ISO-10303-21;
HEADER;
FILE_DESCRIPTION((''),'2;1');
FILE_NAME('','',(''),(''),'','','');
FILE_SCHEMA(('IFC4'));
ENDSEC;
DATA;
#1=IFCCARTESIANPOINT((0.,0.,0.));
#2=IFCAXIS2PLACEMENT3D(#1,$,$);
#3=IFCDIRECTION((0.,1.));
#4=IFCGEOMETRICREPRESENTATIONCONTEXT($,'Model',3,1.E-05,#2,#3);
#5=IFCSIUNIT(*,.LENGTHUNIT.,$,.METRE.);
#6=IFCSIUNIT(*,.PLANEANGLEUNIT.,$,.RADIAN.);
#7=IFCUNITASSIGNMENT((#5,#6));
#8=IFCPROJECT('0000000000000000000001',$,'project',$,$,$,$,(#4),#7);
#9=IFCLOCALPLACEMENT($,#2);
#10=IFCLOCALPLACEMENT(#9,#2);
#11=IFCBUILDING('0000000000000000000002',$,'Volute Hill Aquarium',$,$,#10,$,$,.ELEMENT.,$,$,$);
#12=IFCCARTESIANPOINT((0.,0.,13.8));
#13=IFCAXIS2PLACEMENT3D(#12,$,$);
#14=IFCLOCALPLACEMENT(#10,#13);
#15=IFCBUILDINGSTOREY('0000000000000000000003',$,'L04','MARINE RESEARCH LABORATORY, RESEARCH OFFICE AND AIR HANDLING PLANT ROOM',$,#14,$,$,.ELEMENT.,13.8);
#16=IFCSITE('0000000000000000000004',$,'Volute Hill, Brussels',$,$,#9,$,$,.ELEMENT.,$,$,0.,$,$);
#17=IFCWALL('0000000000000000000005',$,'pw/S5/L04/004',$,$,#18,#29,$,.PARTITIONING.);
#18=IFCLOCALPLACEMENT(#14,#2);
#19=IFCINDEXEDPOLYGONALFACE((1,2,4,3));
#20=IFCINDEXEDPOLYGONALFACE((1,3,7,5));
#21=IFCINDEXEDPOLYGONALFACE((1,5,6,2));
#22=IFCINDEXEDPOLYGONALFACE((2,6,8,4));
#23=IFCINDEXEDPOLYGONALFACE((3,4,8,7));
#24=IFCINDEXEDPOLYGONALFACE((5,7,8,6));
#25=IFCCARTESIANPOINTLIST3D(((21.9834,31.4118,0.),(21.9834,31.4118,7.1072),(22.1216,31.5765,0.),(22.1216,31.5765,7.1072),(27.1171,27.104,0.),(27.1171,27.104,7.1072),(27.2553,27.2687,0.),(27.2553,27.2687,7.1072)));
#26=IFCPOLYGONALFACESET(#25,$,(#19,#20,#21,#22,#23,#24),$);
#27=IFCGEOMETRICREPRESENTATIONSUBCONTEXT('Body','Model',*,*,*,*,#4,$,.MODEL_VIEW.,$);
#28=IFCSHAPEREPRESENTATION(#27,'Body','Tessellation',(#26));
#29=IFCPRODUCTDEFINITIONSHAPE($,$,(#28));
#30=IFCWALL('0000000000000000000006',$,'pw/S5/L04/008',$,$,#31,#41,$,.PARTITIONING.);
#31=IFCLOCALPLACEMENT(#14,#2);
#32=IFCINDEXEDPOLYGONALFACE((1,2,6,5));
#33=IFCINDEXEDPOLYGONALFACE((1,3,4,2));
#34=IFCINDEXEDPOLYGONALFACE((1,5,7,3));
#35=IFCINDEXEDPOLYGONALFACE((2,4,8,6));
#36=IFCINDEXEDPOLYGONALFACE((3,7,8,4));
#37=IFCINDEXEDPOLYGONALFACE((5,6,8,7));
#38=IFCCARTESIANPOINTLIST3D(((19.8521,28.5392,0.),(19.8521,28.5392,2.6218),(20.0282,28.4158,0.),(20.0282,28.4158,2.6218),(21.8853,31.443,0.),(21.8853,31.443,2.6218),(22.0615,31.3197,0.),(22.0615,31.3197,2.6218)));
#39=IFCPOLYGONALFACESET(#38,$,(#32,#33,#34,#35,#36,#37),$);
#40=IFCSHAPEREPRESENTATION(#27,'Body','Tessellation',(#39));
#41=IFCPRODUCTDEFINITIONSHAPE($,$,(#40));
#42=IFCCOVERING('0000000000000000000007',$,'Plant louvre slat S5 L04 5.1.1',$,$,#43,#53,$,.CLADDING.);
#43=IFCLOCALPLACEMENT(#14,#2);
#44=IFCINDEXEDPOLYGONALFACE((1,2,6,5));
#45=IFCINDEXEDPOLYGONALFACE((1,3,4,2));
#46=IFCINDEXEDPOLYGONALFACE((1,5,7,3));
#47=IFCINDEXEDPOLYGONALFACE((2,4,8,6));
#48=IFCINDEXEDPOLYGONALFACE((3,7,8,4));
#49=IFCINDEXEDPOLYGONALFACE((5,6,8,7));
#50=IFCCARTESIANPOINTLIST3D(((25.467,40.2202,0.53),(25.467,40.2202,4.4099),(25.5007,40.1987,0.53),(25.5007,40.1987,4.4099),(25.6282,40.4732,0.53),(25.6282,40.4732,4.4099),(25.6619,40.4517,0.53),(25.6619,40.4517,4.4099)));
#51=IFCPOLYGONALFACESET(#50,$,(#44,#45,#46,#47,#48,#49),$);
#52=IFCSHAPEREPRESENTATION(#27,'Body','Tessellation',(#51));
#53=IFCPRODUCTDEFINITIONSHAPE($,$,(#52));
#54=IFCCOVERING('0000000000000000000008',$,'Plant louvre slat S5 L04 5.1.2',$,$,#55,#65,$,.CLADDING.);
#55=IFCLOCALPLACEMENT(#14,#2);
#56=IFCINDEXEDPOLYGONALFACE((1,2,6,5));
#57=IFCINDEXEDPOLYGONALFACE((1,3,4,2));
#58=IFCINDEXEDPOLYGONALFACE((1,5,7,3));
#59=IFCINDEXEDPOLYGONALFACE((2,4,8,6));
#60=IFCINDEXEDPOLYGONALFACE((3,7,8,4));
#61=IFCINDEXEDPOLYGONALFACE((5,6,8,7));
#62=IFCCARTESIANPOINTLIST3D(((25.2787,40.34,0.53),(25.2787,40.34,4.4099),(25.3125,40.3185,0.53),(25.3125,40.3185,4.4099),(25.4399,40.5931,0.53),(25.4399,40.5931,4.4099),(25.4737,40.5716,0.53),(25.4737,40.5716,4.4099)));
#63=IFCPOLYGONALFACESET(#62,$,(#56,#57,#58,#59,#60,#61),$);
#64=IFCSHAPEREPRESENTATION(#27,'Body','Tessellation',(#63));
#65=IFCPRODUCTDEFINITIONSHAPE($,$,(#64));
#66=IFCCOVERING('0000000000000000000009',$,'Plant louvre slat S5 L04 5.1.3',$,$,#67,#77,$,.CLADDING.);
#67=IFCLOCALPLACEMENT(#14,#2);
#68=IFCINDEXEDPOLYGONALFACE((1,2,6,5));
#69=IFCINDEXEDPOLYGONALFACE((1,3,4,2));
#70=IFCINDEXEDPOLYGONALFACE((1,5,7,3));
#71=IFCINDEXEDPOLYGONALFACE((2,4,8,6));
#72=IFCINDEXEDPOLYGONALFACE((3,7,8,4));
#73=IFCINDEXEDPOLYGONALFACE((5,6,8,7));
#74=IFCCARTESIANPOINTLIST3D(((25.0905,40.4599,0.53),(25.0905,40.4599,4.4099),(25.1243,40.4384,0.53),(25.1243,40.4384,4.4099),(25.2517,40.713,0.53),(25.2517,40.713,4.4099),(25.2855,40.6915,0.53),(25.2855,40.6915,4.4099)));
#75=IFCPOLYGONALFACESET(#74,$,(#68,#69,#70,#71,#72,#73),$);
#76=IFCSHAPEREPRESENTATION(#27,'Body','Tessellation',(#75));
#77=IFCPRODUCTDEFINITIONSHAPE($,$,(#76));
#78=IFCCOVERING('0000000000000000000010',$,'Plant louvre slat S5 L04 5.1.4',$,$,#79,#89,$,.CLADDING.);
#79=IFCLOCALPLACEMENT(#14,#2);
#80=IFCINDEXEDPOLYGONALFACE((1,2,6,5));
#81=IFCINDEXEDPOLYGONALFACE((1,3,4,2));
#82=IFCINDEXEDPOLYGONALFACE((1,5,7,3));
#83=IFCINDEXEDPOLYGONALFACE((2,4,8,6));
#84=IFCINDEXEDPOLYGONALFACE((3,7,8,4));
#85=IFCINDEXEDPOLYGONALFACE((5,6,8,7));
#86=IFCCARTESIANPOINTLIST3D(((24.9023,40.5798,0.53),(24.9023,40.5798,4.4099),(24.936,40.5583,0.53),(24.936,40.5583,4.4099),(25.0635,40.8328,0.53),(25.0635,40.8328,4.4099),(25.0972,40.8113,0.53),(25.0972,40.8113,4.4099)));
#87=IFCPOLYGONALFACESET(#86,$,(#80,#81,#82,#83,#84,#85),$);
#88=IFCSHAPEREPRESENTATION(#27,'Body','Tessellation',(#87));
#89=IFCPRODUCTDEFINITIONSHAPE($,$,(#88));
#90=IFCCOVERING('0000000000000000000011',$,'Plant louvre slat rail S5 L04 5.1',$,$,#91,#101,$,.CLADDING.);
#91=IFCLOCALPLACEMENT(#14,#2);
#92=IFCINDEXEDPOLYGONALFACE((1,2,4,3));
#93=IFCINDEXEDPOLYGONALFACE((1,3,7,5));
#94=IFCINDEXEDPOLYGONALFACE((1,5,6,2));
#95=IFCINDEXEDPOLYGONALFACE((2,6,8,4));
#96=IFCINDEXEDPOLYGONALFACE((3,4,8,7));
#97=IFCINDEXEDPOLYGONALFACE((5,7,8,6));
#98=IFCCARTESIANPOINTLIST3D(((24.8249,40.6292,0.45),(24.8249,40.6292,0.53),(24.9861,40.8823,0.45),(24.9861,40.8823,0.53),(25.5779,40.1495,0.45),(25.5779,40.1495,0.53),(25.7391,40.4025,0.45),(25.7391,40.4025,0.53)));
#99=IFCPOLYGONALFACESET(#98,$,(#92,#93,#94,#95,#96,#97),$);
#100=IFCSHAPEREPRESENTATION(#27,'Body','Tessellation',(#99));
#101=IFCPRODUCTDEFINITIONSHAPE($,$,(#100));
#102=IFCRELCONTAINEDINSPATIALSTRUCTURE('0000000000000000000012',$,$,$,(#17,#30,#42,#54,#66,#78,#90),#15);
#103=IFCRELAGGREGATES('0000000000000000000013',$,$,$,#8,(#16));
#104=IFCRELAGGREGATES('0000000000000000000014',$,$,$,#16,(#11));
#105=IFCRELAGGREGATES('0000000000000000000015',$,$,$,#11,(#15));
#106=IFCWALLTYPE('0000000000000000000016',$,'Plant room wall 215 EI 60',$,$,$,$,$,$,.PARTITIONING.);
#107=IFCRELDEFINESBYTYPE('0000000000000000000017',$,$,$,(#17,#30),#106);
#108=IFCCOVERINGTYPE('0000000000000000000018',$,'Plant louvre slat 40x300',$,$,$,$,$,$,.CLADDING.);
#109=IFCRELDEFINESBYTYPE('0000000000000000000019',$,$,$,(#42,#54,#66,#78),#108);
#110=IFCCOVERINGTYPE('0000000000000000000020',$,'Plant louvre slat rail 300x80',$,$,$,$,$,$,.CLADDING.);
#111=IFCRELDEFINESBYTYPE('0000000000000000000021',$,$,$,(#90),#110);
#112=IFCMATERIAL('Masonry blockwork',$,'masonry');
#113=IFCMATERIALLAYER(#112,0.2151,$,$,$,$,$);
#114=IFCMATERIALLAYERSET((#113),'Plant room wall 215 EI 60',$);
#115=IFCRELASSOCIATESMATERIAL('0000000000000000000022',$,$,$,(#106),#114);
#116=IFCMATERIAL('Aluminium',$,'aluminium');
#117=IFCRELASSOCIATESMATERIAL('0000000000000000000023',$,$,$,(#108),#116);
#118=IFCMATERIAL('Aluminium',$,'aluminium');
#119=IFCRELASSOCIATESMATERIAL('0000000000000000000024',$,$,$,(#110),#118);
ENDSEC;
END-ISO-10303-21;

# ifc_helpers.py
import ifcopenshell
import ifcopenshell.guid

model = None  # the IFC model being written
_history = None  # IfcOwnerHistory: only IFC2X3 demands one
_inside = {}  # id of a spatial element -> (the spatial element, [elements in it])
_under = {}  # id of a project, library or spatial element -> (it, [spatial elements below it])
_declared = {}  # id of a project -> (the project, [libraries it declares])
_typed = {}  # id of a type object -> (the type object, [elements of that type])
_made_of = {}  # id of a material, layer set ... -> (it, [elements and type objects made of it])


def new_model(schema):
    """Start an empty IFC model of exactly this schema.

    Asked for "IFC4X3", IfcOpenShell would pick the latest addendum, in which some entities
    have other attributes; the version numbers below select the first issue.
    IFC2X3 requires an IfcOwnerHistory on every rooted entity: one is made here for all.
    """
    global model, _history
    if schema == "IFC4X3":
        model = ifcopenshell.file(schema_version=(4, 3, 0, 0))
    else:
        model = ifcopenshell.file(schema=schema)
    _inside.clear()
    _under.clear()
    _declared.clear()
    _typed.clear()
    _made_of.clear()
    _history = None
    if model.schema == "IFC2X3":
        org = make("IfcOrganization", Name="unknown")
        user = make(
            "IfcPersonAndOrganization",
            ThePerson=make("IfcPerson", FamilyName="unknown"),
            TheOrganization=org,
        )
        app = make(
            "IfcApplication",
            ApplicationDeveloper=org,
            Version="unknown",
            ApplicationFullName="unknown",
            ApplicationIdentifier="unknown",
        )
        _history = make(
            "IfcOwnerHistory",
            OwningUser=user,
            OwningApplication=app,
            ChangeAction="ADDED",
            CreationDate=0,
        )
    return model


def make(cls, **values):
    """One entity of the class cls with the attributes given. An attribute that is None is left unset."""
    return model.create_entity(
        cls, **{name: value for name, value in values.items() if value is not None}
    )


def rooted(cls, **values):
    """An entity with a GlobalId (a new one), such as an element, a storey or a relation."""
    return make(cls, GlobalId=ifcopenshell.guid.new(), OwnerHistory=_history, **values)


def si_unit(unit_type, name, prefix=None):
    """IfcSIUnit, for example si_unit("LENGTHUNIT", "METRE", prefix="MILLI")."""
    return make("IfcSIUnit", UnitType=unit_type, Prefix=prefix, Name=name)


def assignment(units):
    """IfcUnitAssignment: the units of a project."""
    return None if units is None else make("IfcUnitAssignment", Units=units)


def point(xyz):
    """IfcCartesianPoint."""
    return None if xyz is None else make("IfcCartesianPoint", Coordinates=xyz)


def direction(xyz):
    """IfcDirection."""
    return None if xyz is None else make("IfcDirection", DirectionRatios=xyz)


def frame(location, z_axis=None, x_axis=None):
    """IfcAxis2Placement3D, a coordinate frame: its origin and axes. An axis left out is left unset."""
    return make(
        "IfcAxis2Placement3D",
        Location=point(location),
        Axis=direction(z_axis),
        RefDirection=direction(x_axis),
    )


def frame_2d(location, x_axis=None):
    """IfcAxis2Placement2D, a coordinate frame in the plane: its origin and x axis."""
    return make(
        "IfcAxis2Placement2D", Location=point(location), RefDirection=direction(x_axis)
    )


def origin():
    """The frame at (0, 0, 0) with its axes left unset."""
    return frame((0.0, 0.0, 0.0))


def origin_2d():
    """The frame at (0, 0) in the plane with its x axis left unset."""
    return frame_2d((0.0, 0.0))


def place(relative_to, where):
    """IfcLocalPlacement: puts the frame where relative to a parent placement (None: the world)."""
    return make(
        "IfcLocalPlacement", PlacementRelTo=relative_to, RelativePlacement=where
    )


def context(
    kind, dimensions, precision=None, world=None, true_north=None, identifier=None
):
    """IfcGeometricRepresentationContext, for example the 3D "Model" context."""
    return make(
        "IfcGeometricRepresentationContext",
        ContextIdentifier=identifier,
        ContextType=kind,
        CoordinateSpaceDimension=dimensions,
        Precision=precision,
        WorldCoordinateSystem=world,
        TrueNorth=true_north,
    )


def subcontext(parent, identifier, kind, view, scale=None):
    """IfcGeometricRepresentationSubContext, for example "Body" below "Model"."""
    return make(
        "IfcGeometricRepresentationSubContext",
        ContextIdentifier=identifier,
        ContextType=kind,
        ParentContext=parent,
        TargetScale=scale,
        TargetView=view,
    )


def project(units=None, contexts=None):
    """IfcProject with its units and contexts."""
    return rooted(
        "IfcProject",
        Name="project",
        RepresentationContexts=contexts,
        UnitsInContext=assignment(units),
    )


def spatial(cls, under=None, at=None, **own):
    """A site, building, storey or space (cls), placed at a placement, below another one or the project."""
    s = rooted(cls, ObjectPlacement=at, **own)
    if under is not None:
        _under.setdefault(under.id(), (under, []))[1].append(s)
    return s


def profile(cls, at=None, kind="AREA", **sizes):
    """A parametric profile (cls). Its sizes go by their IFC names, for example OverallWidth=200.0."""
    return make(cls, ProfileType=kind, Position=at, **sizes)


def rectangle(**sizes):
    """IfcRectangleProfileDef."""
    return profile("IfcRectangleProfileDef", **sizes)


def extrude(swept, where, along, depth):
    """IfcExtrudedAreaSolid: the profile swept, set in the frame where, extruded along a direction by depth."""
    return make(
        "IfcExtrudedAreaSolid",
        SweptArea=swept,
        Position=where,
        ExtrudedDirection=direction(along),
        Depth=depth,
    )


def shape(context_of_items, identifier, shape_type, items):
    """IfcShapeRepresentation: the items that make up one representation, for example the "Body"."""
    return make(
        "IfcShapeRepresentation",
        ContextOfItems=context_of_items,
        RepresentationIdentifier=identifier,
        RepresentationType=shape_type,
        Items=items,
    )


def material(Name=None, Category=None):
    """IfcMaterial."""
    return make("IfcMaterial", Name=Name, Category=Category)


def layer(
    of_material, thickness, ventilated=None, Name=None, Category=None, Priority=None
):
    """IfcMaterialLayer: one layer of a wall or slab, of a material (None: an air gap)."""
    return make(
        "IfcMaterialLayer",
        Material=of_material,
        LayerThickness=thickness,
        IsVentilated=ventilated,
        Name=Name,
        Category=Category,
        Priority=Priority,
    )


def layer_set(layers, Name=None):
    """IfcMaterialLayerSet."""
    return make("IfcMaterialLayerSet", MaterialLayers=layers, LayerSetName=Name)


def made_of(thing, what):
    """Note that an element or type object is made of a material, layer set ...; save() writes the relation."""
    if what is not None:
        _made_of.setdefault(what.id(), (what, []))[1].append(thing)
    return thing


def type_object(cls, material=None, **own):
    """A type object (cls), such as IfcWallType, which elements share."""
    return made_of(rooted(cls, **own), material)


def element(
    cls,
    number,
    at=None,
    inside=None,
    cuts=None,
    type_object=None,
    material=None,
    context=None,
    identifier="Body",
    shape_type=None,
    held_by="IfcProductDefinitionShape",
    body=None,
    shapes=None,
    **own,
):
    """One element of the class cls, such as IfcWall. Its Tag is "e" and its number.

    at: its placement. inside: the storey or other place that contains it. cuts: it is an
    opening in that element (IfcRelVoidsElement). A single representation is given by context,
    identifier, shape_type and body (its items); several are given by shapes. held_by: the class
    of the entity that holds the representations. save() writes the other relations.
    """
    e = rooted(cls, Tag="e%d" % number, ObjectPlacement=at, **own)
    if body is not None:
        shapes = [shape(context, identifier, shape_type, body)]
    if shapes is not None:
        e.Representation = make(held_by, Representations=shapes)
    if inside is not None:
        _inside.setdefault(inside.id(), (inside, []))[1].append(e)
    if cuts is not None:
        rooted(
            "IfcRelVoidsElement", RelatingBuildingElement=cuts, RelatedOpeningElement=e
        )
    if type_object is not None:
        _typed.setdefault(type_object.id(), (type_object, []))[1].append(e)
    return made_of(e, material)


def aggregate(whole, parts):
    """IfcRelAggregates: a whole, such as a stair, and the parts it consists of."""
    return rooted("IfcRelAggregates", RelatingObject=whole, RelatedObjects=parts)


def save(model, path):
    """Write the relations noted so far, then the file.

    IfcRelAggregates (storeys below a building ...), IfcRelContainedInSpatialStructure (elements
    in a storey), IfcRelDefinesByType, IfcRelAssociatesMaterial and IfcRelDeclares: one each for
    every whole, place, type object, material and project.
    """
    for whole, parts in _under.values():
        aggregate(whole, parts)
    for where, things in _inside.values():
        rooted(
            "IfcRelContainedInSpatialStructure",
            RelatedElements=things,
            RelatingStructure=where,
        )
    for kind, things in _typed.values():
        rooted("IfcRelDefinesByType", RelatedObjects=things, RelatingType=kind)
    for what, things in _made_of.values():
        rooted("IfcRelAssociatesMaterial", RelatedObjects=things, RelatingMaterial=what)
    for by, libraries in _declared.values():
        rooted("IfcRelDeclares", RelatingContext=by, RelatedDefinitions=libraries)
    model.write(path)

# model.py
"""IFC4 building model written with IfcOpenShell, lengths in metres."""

from ifc_helpers import new_model, si_unit, direction, frame, frame_2d, origin, origin_2d, place, context, subcontext, project, spatial, rectangle, extrude, material, layer, layer_set, type_object, element, save


model = new_model("IFC4")

# Units and contexts
model_context = context("Model", 3, precision=1e-05, world=origin(), true_north=direction((0.0, 1.0)))
body_context = subcontext(model_context, "Body", "Model", "MODEL_VIEW")
ifc_project = project(units=[si_unit("LENGTHUNIT", "METRE"), si_unit("PLANEANGLEUNIT", "RADIAN")], contexts=[model_context])

# Site, building, storey
site_placement = place(None, origin())
site = spatial("IfcSite", under=ifc_project, at=site_placement, Name="Volute Hill, Brussels", CompositionType="ELEMENT", RefElevation=0.0)
building_placement = place(site_placement, origin())
building = spatial("IfcBuilding", under=site, at=building_placement, Name="Volute Hill Aquarium", CompositionType="ELEMENT")
storey_placement = place(building_placement, frame((0.0, 0.0, 13.8)))
storey = spatial("IfcBuildingStorey", under=building, at=storey_placement, Name="L04", Description="MARINE RESEARCH LABORATORY, RESEARCH OFFICE AND AIR HANDLING PLANT ROOM", CompositionType="ELEMENT", Elevation=13.8)

# Walls
ifc_material_1 = material(Name="Masonry blockwork", Category="masonry")
ifc_layer_1 = layer(ifc_material_1, 0.2151)
ifc_layer_set_1 = layer_set([ifc_layer_1], Name="Plant room wall 215 EI 60")
wall_type_1 = type_object("IfcWallType", Name="Plant room wall 215 EI 60", PredefinedType="PARTITIONING", material=ifc_layer_set_1)
wall_1_placement = place(storey_placement, frame((22.0525, 31.4941, 0.0), z_axis=(0.0, 0.0, 1.0), x_axis=(0.766037, -0.642796, 0.0)))
element("IfcWall", 1, at=wall_1_placement, inside=storey, type_object=wall_type_1, Name="pw/S5/L04/004", PredefinedType="PARTITIONING", context=body_context, shape_type="SweptSolid", body=[
    extrude(rectangle(XDim=6.7017, YDim=0.2151, at=frame_2d((3.3508, 0.0))), origin(), (0.0, 0.0, 1.0), 7.1072),
])
wall_2_placement = place(storey_placement, frame((21.9734, 31.3813, 0.0), z_axis=(0.0, 0.0, 1.0), x_axis=(-0.573564, -0.819161, 0.0)))
element("IfcWall", 2, at=wall_2_placement, inside=storey, type_object=wall_type_1, Name="pw/S5/L04/008", PredefinedType="PARTITIONING", context=body_context, shape_type="SweptSolid", body=[
    extrude(rectangle(XDim=3.5449, YDim=0.2151, at=frame_2d((1.7725, 0.0))), origin(), (0.0, 0.0, 1.0), 2.6218),
])

# Coverings
ifc_material_2 = material(Name="Aluminium", Category="aluminium")
covering_type_1 = type_object("IfcCoveringType", Name="Plant louvre slat 40x300", PredefinedType="CLADDING", material=ifc_material_2)
for number, where, z_axis, x_axis, name in (
    (3, (25.5645, 40.3359, 0.53), (0.0, 0.0, 1.0), (-0.843386, 0.537309, 0.0), "Plant louvre slat S5 L04 5.1.1"),
    (4, (25.3762, 40.4558, 0.53), (0.0, 0.0, 1.0), (-0.843386, 0.537309, 0.0), "Plant louvre slat S5 L04 5.1.2"),
    (5, (25.188, 40.5757, 0.53), (0.0, 0.0, 1.0), (-0.843386, 0.537309, 0.0), "Plant louvre slat S5 L04 5.1.3"),
    (6, (24.9998, 40.6956, 0.53), (0.0, 0.0, 1.0), (-0.843386, 0.537309, 0.0), "Plant louvre slat S5 L04 5.1.4"),
):
    element("IfcCovering", number, at=place(storey_placement, frame(where, z_axis=z_axis, x_axis=x_axis)), inside=storey, type_object=covering_type_1, Name=name, PredefinedType="CLADDING", context=body_context, shape_type="SweptSolid", body=[
        extrude(rectangle(XDim=0.04, YDim=0.3, at=origin_2d()), origin(), (0.0, 0.0, 1.0), 3.8799),
    ])
ifc_material_3 = material(Name="Aluminium", Category="aluminium")
covering_type_2 = type_object("IfcCoveringType", Name="Plant louvre slat rail 300x80", PredefinedType="CLADDING", material=ifc_material_3)
covering_placement = place(storey_placement, frame((25.282, 40.5159, 0.45), z_axis=(0.0, 0.0, 1.0), x_axis=(-0.843386, 0.537309, 0.0)))
element("IfcCovering", 7, at=covering_placement, inside=storey, type_object=covering_type_2, Name="Plant louvre slat rail S5 L04 5.1", PredefinedType="CLADDING", context=body_context, shape_type="SweptSolid", body=[
    extrude(rectangle(XDim=0.8928, YDim=0.3, at=origin_2d()), origin(), (0.0, 0.0, 1.0), 0.0801),
])

save(model, "model.ifc")
